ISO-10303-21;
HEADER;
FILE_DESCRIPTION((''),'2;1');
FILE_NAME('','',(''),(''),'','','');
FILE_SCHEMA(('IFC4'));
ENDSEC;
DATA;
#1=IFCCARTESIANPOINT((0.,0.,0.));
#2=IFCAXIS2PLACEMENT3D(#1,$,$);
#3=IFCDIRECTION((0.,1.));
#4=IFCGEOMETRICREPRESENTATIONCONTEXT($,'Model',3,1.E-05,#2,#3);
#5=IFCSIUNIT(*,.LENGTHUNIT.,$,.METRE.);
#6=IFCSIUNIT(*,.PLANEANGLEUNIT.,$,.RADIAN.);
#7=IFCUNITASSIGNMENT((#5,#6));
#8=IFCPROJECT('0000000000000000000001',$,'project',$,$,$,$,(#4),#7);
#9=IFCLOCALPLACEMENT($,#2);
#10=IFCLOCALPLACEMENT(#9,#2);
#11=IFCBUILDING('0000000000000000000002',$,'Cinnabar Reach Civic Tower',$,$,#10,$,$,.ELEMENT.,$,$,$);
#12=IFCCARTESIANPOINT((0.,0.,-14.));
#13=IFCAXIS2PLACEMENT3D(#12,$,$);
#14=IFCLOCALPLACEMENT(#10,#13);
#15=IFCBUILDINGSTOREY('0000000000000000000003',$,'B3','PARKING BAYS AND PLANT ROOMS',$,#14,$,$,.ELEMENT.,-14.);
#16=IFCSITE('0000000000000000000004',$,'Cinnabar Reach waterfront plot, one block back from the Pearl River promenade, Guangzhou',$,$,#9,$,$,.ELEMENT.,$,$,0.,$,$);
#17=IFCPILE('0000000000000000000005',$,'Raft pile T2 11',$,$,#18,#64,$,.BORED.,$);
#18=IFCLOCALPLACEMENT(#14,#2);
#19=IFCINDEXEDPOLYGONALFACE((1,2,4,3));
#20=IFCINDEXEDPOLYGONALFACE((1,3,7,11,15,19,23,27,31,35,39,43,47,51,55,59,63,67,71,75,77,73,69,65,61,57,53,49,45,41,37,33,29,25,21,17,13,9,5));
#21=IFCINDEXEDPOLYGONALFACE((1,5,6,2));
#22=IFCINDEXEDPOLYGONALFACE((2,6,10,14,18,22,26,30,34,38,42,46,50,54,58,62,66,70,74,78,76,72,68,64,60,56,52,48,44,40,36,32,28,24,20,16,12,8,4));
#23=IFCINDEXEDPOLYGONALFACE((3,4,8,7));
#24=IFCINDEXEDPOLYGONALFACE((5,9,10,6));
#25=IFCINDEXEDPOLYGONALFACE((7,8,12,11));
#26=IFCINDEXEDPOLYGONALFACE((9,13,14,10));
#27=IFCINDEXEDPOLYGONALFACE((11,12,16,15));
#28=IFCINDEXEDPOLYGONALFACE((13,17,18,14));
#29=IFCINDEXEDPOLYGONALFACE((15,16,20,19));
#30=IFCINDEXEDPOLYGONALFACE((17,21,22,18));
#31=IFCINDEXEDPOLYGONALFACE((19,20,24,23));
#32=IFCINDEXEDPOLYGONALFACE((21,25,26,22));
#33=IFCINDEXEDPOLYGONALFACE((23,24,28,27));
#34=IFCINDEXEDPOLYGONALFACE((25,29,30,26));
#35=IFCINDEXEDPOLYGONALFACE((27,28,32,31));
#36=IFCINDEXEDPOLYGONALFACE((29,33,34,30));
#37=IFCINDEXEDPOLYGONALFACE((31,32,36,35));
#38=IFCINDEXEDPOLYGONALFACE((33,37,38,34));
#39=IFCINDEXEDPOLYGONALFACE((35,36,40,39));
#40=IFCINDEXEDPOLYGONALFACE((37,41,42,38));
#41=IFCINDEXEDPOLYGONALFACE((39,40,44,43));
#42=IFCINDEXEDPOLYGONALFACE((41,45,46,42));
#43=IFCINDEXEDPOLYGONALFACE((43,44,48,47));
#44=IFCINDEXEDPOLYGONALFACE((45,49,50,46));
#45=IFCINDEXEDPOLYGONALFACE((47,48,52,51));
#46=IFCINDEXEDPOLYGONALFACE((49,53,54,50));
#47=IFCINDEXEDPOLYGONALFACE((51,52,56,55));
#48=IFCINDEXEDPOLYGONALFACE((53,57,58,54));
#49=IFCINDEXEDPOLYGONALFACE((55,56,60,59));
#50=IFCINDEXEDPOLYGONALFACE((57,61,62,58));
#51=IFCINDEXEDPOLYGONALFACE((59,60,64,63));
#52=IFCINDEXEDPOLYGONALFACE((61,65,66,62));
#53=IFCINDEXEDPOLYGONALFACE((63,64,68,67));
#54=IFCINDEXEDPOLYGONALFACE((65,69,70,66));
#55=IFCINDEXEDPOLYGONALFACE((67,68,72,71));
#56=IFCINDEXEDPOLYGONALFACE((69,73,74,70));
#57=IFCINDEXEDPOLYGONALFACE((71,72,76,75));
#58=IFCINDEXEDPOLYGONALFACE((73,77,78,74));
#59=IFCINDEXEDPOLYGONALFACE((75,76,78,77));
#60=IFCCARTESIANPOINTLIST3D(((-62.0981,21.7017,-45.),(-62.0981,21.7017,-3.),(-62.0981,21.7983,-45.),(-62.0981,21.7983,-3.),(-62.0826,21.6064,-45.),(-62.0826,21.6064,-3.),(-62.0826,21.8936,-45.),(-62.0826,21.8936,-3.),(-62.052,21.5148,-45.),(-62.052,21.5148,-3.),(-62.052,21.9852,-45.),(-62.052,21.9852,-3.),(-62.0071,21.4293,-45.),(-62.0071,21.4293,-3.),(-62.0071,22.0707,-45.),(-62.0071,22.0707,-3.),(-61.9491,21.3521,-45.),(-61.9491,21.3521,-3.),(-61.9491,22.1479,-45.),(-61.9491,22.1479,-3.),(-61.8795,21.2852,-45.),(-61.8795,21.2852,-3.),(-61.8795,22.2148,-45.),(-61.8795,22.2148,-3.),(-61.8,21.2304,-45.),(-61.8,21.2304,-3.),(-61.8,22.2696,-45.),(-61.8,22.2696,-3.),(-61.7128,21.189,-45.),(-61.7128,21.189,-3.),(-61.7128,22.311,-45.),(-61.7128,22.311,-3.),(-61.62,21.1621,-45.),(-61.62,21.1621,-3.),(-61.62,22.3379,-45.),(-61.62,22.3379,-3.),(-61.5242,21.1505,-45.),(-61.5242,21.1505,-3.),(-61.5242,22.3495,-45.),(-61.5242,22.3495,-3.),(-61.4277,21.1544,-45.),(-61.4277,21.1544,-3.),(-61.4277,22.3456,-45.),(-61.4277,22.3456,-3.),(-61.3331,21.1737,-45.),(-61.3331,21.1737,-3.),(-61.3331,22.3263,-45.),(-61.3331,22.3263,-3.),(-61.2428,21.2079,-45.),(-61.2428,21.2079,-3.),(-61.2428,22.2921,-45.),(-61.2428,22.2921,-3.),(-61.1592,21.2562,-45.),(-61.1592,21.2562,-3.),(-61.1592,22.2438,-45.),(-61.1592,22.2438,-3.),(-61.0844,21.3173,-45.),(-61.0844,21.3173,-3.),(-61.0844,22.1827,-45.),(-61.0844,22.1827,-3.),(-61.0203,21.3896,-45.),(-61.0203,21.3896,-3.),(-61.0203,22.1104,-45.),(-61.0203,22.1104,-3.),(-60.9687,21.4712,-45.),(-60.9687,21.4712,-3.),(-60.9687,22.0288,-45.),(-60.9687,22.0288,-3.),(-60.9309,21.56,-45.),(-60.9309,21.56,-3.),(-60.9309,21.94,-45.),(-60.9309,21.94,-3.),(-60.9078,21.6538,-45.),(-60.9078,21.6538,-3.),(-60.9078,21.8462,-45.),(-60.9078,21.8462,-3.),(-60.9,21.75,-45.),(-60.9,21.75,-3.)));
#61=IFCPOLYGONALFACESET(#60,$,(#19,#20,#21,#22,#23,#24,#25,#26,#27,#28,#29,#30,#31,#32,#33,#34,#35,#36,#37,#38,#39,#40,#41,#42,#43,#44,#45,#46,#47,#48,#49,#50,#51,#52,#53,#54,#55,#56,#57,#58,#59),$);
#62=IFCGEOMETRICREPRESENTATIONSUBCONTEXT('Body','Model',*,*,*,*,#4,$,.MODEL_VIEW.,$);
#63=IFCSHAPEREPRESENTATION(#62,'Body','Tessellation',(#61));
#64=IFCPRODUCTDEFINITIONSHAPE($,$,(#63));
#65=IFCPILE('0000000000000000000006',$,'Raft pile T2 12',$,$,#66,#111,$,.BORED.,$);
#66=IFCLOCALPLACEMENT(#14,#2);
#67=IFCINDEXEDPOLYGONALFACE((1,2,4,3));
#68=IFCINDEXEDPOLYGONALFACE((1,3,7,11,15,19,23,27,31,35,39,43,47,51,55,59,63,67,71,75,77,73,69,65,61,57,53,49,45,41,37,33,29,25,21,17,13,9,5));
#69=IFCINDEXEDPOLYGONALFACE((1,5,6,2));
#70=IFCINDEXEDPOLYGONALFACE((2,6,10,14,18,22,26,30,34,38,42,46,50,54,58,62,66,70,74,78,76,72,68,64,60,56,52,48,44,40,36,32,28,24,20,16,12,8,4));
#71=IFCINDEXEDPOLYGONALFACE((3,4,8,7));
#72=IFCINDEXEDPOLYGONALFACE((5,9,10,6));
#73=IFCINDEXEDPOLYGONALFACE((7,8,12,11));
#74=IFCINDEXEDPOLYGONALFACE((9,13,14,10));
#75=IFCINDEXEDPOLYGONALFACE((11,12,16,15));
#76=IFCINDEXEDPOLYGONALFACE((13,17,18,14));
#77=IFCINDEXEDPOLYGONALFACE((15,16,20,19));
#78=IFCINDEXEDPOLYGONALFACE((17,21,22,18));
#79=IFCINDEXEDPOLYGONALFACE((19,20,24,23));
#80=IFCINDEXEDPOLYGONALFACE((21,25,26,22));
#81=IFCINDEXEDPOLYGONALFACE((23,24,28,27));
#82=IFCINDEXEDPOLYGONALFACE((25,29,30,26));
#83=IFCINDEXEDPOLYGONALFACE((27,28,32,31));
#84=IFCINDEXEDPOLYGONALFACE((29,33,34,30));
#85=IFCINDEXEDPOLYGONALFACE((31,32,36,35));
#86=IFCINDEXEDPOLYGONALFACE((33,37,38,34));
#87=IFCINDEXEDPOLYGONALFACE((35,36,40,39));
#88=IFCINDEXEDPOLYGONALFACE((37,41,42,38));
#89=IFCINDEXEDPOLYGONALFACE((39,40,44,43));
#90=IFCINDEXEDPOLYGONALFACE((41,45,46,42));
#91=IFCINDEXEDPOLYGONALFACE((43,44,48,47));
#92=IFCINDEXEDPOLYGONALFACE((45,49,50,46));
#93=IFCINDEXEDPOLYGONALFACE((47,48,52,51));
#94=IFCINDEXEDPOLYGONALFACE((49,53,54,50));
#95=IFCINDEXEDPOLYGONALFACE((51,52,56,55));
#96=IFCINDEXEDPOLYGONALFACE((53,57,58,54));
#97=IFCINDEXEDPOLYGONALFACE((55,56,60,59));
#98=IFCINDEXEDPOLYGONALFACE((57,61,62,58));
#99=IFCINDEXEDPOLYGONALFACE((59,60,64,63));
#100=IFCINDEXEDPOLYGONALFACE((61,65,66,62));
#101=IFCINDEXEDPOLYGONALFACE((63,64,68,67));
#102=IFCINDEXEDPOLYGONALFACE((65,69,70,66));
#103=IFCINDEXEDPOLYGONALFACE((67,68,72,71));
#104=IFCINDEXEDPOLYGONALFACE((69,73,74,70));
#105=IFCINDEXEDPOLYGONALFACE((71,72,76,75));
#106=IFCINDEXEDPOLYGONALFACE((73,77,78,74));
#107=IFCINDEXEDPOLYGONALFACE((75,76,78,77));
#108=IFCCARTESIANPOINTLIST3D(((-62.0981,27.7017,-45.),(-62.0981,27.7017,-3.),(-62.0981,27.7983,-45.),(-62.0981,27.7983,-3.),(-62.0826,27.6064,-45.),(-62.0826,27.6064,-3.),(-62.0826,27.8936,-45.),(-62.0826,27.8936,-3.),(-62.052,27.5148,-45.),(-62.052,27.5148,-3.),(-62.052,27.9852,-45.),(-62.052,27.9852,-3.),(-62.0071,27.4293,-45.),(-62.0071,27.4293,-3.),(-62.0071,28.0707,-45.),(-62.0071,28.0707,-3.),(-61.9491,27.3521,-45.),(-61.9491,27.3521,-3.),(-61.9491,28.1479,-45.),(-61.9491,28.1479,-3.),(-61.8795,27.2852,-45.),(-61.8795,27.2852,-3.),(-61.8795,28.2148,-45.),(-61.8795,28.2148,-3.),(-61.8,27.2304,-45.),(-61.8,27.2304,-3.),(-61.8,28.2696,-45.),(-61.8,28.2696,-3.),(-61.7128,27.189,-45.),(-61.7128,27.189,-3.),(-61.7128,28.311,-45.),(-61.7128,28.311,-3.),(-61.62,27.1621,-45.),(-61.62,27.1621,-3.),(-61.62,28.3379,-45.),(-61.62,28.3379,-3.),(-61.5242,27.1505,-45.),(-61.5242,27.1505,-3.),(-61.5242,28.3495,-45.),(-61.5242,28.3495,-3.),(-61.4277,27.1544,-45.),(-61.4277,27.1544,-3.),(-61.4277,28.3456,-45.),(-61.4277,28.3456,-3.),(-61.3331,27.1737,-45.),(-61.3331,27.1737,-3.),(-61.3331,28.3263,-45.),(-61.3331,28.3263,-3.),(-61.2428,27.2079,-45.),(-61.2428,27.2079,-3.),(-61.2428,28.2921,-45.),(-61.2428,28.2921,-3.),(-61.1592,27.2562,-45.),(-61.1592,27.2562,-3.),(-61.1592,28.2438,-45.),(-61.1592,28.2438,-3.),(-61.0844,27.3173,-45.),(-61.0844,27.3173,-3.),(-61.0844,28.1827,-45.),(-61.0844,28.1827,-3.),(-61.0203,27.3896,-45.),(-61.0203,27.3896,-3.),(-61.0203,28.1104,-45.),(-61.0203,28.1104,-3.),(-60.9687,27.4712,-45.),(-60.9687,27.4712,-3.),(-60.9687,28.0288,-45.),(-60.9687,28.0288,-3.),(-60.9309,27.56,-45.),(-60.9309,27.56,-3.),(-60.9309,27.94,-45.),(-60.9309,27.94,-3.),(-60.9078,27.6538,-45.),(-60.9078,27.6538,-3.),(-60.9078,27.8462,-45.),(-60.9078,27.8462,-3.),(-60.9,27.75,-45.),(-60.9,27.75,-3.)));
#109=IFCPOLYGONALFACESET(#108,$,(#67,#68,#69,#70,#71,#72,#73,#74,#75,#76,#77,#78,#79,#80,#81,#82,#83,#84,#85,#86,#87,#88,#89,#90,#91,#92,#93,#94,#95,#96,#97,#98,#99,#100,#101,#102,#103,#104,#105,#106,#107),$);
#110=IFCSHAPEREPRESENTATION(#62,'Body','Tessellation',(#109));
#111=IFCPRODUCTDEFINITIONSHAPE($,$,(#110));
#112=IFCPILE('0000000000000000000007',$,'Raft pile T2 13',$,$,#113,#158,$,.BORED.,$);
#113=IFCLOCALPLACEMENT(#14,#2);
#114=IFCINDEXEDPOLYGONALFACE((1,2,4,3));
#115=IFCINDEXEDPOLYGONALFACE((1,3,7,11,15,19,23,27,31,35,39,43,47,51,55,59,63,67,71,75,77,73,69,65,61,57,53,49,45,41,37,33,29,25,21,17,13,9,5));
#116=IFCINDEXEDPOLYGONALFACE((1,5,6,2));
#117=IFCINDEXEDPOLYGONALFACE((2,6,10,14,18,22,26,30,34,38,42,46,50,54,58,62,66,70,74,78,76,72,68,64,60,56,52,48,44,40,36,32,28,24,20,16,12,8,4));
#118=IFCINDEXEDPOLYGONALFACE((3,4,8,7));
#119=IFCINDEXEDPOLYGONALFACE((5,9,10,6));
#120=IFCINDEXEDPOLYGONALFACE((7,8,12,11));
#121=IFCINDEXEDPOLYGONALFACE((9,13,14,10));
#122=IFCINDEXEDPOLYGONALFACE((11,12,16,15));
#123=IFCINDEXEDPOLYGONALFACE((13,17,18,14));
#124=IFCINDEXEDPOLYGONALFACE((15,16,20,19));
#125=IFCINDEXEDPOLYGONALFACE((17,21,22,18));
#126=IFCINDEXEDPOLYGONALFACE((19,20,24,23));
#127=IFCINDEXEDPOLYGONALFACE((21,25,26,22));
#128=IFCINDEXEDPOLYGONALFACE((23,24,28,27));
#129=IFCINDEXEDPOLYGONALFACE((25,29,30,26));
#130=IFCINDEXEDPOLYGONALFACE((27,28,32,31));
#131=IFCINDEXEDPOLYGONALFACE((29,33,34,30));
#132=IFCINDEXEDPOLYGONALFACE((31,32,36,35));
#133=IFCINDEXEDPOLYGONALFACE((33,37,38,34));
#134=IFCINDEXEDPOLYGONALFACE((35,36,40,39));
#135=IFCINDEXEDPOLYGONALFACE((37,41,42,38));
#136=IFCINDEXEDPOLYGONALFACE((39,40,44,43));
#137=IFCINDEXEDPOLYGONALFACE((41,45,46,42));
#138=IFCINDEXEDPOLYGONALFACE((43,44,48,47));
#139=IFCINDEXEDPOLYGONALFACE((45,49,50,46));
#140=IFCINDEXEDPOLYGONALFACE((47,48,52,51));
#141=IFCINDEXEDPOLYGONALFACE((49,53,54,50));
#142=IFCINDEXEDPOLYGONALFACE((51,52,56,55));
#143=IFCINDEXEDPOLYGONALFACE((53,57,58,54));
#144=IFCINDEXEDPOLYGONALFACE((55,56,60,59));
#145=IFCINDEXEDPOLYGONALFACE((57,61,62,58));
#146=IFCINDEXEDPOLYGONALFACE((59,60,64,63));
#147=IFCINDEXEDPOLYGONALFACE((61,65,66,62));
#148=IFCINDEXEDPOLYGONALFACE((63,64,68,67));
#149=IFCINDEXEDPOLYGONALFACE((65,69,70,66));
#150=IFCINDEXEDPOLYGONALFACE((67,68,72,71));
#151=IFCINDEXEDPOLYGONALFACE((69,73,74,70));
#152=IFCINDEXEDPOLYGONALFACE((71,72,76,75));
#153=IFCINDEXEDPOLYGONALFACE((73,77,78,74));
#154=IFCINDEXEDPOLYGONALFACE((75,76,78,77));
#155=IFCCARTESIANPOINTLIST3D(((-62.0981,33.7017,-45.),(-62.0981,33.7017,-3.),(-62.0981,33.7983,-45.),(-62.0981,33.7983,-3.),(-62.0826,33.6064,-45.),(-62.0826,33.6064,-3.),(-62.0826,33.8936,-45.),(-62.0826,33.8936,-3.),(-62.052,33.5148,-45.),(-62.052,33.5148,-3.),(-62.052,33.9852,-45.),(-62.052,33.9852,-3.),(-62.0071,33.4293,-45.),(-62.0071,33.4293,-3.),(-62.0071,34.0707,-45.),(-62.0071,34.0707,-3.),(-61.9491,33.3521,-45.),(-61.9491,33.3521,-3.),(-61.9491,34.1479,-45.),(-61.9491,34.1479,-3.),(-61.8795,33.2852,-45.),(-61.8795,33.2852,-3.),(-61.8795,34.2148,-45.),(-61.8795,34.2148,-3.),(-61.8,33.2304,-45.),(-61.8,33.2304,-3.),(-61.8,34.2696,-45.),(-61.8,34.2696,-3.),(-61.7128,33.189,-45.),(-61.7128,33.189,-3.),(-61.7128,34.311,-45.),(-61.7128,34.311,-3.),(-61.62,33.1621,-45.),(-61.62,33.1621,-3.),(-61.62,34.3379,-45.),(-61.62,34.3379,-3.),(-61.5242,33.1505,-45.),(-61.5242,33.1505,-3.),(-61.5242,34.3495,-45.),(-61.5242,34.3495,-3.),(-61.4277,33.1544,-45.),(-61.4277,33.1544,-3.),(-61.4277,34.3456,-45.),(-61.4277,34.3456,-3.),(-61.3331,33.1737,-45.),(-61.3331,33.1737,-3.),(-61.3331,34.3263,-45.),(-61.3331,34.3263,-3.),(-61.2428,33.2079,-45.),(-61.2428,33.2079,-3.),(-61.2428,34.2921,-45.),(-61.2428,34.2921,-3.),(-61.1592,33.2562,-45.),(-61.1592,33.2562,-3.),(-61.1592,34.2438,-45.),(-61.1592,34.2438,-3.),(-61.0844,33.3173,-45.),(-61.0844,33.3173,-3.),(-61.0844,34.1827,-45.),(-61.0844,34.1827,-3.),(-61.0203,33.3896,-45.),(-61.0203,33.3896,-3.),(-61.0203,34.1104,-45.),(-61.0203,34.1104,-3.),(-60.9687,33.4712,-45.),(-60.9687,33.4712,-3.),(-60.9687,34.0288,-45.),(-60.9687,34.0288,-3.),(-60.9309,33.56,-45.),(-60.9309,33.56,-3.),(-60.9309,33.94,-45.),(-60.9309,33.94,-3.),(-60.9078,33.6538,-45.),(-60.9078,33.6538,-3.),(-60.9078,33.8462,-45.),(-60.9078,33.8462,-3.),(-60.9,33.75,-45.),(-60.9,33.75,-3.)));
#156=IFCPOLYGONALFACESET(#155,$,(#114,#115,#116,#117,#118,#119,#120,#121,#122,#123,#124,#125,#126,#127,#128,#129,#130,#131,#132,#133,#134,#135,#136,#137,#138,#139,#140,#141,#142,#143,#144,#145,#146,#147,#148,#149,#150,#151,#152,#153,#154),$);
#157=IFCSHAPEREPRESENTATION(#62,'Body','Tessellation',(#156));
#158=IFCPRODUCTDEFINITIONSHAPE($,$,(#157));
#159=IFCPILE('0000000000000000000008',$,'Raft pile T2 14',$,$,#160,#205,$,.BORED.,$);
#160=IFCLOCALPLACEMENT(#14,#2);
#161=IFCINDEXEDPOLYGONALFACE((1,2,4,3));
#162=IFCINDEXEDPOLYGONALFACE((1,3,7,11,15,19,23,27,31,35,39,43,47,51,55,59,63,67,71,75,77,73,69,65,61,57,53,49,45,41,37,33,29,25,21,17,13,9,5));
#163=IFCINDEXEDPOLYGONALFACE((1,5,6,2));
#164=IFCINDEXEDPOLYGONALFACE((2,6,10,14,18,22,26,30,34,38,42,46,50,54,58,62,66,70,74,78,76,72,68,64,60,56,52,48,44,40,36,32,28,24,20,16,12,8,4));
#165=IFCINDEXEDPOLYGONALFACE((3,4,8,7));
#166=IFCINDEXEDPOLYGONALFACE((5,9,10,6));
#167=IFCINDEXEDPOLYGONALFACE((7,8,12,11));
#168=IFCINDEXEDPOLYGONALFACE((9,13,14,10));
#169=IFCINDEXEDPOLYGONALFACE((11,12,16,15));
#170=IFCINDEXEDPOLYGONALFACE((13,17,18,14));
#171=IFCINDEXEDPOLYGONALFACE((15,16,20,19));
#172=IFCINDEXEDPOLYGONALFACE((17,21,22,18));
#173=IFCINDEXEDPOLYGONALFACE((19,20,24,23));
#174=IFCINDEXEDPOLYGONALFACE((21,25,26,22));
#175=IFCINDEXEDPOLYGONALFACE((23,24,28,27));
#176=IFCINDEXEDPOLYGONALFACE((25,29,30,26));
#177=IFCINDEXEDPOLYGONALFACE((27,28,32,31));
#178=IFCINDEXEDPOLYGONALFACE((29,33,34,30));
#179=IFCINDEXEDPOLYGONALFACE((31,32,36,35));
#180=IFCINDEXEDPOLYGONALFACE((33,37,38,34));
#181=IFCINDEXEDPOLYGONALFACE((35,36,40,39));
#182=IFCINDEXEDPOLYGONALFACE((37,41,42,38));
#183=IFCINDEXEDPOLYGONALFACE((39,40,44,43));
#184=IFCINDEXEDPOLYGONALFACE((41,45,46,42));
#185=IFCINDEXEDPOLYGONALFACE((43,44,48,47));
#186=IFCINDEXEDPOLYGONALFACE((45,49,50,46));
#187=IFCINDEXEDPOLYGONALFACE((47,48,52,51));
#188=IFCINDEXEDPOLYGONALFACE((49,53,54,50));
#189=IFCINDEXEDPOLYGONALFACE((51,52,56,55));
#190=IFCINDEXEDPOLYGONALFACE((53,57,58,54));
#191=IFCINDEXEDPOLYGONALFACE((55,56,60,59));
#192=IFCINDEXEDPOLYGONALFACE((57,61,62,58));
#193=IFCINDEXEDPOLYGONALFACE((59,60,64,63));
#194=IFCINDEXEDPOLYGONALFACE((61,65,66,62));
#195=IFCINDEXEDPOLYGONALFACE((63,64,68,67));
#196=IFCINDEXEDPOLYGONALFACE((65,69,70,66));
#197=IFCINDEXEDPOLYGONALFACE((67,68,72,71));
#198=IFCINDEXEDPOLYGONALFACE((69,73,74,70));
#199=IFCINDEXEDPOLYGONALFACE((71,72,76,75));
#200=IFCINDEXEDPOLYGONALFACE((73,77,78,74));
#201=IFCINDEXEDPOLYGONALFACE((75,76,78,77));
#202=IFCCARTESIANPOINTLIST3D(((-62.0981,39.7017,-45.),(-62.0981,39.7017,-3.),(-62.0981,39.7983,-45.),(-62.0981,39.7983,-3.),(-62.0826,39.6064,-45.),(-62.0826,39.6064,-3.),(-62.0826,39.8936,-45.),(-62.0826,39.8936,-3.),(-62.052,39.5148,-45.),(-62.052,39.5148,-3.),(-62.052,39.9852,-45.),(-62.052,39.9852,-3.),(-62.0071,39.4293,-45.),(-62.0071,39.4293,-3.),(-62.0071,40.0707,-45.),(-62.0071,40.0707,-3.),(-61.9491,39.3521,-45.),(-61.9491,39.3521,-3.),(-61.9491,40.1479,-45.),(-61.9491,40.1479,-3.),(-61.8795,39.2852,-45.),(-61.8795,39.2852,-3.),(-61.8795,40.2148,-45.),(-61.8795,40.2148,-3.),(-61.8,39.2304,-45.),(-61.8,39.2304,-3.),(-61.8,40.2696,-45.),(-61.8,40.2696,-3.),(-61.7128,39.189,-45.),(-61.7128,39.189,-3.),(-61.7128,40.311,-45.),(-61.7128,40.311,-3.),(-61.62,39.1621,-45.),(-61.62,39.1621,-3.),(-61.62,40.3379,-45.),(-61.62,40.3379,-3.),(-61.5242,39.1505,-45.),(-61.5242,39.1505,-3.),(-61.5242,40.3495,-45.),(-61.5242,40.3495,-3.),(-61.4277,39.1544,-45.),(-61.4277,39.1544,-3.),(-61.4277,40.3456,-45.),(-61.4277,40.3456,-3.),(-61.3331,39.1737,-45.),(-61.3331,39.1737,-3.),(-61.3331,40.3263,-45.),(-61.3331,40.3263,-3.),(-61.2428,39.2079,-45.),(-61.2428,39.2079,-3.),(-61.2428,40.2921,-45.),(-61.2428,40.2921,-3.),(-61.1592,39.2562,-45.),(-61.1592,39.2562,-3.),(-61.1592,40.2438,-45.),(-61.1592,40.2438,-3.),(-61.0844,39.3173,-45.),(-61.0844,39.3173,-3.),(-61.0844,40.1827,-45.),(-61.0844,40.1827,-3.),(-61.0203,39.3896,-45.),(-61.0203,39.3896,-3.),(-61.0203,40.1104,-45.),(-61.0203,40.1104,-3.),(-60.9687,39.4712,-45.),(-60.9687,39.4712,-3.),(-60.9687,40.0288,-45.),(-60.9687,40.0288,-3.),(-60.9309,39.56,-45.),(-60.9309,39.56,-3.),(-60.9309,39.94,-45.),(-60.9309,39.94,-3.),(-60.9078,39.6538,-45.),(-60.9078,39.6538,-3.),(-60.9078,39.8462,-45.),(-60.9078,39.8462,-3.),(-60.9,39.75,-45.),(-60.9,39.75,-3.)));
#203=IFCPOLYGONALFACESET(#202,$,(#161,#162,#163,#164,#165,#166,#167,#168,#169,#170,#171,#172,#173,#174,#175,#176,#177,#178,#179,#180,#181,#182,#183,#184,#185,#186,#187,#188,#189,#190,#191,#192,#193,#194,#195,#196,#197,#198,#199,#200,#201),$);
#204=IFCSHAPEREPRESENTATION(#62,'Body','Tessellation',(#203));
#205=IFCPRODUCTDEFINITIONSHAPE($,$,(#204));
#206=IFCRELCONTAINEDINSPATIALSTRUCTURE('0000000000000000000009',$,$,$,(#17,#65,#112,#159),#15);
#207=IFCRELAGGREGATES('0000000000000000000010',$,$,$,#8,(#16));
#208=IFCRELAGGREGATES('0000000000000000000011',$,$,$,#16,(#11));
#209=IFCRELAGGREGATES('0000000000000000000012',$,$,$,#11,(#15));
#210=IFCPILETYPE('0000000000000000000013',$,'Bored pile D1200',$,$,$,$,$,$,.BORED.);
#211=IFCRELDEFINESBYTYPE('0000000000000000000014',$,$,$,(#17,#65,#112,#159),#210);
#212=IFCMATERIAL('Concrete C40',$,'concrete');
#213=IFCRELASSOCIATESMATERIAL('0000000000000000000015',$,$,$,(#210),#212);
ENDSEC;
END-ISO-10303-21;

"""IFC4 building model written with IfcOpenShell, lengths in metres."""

from ifc_helpers import new_model, si_unit, direction, frame, origin, origin_2d, place, context, subcontext, project, spatial, circle, extrude, material, type_object, element, save


model = new_model("IFC4")

# Units and contexts
model_context = context("Model", 3, precision=1e-05, world=origin(), true_north=direction((0.0, 1.0)))
body_context = subcontext(model_context, "Body", "Model", "MODEL_VIEW")
ifc_project = project(units=[si_unit("LENGTHUNIT", "METRE"), si_unit("PLANEANGLEUNIT", "RADIAN")], contexts=[model_context])

# Site, building, storey
site_placement = place(None, origin())
site = spatial("IfcSite", under=ifc_project, at=site_placement, Name="Cinnabar Reach waterfront plot, one block back from the Pearl River promenade, Guangzhou", CompositionType="ELEMENT", RefElevation=0.0)
building_placement = place(site_placement, origin())
building = spatial("IfcBuilding", under=site, at=building_placement, Name="Cinnabar Reach Civic Tower", CompositionType="ELEMENT")
storey_placement = place(building_placement, frame((0.0, 0.0, -14.0)))
storey = spatial("IfcBuildingStorey", under=building, at=storey_placement, Name="B3", Description="PARKING BAYS AND PLANT ROOMS", CompositionType="ELEMENT", Elevation=-14.0)

# Piles
ifc_material_1 = material(Name="Concrete C40", Category="concrete")
pile_type = type_object("IfcPileType", Name="Bored pile D1200", PredefinedType="BORED", material=ifc_material_1)
for number, where, z_axis, x_axis, name in (
    (1, (-61.5, 21.75, -3.0), (0.0, 0.0, -1.0), (1.0, 0.0, 0.0), "Raft pile T2 11"),
    (2, (-61.5, 27.75, -3.0), (0.0, 0.0, -1.0), (1.0, 0.0, 0.0), "Raft pile T2 12"),
    (3, (-61.5, 33.75, -3.0), (0.0, 0.0, -1.0), (1.0, 0.0, 0.0), "Raft pile T2 13"),
    (4, (-61.5, 39.75, -3.0), (0.0, 0.0, -1.0), (1.0, 0.0, 0.0), "Raft pile T2 14"),
):
    element("IfcPile", number, at=place(storey_placement, frame(where, z_axis=z_axis, x_axis=x_axis)), inside=storey, type_object=pile_type, Name=name, PredefinedType="BORED", context=body_context, shape_type="SweptSolid", body=[
        extrude(circle(Radius=0.6, at=origin_2d()), origin(), (0.0, 0.0, 1.0), 42.0),
    ])

save(model, "model.ifc")
